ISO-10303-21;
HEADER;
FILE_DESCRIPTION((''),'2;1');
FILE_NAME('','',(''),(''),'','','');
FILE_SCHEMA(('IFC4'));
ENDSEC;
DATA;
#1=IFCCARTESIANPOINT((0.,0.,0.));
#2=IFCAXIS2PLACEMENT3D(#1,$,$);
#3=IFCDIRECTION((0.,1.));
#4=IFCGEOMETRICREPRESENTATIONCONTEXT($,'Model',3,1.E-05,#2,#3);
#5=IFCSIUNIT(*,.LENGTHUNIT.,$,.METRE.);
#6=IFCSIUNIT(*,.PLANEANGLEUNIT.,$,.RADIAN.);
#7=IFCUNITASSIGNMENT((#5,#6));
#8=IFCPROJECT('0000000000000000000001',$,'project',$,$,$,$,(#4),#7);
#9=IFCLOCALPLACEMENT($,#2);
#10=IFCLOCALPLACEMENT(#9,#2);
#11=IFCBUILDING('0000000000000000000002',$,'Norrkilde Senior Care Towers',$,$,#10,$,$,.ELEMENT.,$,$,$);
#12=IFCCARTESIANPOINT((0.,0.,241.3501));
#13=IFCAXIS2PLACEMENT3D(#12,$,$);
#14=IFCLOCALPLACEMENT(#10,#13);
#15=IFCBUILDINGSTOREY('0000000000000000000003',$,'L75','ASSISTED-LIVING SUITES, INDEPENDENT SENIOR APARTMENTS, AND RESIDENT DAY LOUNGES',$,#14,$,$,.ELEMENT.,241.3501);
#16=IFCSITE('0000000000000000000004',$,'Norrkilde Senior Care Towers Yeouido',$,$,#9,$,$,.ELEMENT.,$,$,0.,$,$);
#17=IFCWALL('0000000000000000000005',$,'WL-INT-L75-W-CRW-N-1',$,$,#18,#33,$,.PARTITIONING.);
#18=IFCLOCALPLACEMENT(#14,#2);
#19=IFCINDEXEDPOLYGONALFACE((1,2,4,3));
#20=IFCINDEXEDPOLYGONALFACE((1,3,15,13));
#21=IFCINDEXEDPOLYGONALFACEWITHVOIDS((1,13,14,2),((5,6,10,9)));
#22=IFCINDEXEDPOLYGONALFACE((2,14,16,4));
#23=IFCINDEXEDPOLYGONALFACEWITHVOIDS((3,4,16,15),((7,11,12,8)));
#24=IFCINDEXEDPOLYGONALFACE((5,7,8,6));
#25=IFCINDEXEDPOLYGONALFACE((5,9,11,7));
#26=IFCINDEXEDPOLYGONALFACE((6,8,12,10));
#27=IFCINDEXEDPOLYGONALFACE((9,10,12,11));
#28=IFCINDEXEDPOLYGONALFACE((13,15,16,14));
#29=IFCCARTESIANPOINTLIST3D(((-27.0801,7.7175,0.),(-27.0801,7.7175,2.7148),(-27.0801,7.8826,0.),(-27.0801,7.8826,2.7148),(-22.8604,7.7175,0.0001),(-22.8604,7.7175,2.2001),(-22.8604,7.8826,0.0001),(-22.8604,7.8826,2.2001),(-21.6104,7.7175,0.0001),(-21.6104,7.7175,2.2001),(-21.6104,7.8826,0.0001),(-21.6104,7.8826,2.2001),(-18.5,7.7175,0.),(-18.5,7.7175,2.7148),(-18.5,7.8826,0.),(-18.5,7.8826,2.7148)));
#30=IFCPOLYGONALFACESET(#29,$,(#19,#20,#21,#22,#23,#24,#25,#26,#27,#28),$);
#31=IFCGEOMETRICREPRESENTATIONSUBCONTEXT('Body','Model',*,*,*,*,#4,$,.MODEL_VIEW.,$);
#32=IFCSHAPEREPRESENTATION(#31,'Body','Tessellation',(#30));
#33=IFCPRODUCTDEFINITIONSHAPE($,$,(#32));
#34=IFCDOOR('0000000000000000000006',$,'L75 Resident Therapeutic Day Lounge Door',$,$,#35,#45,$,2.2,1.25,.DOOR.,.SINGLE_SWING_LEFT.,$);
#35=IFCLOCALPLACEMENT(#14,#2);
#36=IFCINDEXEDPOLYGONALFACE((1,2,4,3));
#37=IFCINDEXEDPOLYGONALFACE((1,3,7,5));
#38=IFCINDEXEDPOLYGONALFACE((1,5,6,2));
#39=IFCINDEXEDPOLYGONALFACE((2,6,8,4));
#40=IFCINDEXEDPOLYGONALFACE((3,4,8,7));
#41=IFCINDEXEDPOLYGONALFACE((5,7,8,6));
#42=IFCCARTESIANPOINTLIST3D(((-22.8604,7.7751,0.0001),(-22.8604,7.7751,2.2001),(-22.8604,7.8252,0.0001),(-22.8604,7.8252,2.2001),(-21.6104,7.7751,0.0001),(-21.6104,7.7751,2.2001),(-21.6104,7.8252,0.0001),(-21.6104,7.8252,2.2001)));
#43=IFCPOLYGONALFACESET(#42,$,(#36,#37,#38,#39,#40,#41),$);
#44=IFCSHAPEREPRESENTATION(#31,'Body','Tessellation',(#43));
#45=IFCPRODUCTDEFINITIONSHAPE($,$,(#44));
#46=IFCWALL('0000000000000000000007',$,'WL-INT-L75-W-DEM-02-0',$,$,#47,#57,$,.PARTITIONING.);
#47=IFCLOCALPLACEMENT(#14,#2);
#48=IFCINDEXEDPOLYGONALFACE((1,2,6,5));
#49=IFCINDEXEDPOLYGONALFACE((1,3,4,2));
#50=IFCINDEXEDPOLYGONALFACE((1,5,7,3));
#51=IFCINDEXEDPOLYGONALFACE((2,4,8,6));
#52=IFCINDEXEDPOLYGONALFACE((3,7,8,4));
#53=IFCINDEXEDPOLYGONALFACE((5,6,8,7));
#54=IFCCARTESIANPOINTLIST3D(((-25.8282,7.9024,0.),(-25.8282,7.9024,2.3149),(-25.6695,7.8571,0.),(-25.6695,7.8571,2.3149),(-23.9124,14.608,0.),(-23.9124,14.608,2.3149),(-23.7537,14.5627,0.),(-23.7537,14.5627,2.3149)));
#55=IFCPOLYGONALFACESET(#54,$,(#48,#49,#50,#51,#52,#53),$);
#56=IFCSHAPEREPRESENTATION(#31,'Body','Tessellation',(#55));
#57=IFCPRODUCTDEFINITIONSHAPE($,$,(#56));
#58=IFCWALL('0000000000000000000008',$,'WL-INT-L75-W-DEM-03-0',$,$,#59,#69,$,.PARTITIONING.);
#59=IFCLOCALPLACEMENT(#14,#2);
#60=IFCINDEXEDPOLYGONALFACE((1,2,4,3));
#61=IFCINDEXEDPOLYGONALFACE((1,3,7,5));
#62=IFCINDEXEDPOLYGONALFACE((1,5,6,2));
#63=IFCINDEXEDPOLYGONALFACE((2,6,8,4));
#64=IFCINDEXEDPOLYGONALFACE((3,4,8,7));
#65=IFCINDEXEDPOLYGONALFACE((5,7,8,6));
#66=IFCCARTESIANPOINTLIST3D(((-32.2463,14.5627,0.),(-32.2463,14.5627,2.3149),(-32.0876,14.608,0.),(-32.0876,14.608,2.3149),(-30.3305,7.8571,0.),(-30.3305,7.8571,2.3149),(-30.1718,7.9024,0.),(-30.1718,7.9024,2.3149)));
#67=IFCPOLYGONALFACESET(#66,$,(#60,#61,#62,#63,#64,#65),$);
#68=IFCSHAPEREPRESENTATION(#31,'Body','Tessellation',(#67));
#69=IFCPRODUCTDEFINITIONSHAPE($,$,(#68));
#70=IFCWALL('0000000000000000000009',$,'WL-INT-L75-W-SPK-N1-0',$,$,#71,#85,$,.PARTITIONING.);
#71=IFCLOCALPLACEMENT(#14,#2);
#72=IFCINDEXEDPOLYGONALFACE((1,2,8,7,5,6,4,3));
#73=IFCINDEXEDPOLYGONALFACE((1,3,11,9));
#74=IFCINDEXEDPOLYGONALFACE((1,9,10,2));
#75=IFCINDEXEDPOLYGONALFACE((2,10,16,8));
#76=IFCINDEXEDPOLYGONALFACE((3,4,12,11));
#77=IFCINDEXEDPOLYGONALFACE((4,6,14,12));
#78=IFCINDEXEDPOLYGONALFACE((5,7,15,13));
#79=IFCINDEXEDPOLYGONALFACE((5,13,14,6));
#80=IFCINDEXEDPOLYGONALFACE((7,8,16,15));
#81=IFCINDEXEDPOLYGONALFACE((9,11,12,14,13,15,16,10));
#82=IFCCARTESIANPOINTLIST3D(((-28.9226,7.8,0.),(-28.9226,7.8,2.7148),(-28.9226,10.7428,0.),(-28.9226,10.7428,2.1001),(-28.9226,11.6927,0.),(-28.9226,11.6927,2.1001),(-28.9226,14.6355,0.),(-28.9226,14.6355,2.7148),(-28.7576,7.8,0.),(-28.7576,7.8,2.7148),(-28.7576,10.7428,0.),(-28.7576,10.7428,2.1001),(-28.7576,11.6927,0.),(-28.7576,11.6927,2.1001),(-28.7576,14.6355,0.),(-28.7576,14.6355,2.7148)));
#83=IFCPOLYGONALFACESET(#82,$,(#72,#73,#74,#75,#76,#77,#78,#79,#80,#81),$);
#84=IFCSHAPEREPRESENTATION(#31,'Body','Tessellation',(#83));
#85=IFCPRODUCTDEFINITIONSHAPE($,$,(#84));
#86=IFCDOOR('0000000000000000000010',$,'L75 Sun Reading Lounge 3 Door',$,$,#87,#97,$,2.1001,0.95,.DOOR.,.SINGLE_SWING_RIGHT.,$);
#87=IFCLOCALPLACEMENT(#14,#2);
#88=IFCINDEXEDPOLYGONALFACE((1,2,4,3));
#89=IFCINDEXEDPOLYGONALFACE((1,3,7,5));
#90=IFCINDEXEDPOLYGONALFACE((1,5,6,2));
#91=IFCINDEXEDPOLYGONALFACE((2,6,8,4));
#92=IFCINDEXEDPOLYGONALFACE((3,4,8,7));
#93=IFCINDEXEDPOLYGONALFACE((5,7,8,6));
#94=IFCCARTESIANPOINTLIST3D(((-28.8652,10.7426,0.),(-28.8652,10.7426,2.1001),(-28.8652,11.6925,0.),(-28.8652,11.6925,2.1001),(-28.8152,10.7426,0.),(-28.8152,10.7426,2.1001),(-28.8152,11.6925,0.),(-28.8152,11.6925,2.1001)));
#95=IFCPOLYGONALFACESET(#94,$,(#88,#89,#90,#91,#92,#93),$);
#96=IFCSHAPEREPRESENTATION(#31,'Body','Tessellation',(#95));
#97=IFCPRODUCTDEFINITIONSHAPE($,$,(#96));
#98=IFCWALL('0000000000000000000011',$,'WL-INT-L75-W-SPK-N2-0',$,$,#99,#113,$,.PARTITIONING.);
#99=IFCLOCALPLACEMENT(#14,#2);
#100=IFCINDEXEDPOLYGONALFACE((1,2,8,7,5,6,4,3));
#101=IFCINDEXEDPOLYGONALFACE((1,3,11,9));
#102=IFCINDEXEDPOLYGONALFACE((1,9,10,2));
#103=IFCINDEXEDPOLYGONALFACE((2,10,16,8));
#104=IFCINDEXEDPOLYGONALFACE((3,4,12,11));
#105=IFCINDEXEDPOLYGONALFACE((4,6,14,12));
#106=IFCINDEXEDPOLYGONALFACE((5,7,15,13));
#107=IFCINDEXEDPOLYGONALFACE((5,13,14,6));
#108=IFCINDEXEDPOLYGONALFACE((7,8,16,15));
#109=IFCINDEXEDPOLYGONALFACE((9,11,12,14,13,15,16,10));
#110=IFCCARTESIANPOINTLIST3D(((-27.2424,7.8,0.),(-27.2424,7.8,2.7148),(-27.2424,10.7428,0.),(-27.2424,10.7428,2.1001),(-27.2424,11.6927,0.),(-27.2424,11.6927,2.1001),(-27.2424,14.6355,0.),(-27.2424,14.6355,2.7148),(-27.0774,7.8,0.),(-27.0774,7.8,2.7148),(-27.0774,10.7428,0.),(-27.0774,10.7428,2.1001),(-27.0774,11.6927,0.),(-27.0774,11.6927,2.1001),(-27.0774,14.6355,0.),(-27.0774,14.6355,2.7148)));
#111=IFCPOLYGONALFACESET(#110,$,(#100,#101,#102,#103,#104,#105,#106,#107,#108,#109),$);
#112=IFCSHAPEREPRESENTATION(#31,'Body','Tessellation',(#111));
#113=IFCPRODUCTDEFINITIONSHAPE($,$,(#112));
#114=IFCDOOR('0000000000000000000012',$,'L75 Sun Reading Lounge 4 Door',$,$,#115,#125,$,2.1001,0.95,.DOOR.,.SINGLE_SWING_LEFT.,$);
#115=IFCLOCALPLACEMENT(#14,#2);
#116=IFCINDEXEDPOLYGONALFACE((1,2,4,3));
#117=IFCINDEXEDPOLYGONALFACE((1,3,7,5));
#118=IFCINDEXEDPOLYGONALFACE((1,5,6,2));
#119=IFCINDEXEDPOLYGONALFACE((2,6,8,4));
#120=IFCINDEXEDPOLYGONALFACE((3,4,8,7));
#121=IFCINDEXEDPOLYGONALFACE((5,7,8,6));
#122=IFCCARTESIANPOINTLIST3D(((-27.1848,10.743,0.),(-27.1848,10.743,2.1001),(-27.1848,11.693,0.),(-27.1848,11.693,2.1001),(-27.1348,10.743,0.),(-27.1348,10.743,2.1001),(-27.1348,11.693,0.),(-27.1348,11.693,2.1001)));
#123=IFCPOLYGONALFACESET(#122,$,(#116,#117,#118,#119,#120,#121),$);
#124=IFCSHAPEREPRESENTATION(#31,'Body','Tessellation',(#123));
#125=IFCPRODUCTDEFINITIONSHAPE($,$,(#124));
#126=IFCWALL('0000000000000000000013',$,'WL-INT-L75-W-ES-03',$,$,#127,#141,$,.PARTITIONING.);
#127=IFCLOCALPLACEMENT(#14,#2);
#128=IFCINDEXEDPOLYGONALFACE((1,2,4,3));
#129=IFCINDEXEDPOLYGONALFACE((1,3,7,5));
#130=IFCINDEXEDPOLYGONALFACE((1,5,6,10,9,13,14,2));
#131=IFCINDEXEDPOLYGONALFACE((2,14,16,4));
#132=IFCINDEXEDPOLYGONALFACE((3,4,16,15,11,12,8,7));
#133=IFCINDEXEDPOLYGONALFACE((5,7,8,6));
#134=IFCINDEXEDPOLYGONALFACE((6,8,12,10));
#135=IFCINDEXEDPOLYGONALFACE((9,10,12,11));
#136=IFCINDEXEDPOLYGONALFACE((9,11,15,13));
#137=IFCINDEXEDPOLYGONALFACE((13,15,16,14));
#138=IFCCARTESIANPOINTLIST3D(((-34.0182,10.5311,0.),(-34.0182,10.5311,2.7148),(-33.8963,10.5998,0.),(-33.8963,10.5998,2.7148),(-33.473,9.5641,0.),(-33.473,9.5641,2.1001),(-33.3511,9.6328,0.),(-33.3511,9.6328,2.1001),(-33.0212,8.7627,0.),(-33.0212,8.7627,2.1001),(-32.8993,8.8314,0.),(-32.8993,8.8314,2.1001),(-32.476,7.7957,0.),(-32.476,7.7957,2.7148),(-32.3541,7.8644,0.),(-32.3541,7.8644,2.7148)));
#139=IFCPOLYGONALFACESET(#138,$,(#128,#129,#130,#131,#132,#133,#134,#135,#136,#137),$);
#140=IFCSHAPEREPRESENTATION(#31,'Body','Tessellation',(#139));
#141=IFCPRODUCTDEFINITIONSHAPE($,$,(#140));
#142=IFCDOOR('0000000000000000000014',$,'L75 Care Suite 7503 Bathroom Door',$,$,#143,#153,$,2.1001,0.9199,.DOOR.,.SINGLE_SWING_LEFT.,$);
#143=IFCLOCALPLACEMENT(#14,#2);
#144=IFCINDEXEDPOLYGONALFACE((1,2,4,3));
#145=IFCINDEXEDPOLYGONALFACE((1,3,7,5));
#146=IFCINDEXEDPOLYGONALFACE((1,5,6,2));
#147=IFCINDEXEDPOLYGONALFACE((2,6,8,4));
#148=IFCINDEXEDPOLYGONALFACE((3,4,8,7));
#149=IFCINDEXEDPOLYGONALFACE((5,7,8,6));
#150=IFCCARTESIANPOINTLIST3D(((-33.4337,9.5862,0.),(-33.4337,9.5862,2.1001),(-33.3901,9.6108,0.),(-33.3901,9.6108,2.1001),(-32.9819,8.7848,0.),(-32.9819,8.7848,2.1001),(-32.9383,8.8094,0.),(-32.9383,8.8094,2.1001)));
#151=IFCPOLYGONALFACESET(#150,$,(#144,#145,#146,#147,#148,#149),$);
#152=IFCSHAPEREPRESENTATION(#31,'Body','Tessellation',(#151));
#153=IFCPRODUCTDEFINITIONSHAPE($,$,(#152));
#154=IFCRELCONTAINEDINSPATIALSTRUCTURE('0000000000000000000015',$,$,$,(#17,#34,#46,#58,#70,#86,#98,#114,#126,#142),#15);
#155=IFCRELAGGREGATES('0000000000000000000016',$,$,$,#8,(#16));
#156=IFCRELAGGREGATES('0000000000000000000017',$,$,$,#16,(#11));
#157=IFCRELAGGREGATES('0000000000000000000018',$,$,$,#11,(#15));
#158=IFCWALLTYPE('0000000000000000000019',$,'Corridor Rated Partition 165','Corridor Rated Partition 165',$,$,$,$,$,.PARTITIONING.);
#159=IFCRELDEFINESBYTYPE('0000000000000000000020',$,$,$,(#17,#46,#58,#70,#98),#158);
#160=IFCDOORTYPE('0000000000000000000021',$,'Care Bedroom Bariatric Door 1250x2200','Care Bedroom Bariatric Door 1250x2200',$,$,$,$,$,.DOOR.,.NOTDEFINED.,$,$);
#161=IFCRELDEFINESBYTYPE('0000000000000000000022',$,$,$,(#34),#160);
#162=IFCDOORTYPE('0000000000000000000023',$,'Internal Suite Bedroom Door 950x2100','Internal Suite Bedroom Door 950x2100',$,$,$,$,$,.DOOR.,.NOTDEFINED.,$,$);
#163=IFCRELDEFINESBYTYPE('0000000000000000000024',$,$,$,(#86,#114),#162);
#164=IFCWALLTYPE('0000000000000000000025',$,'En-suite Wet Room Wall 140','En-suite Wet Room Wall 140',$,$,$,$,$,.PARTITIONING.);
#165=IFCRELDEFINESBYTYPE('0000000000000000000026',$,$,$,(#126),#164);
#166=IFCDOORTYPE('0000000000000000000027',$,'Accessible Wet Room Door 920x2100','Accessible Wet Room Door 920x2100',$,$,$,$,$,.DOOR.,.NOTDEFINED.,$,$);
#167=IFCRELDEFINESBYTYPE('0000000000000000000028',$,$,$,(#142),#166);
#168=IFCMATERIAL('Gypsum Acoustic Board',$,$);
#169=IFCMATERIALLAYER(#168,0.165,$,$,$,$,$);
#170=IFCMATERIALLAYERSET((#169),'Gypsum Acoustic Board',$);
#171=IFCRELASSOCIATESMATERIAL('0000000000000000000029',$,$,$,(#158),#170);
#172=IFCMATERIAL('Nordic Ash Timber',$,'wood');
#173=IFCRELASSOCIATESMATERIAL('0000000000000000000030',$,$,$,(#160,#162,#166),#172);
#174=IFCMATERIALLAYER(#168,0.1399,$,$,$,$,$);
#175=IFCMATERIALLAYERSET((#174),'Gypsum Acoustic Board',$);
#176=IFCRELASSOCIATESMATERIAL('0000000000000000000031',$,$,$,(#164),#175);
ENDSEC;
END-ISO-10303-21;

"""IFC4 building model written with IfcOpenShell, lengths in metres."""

from ifc_helpers import new_model, si_unit, direction, frame, frame_2d, origin, place, context, subcontext, project, spatial, rectangle, extrude, source, transform, mapped, material, layer, layer_set, type_object, type_shapes, element, fill, save


model = new_model("IFC4")

# Units and contexts
model_context = context("Model", 3, precision=1e-05, world=origin(), true_north=direction((0.0, 1.0)))
body_context = subcontext(model_context, "Body", "Model", "MODEL_VIEW")
ifc_project = project(units=[si_unit("LENGTHUNIT", "METRE"), si_unit("PLANEANGLEUNIT", "RADIAN")], contexts=[model_context])

# Site, building, storey
site_placement = place(None, origin())
site = spatial("IfcSite", under=ifc_project, at=site_placement, Name="Norrkilde Senior Care Towers Yeouido", CompositionType="ELEMENT", RefElevation=0.0)
building_placement = place(site_placement, origin())
building = spatial("IfcBuilding", under=site, at=building_placement, Name="Norrkilde Senior Care Towers", CompositionType="ELEMENT")
storey_placement = place(building_placement, frame((0.0, 0.0, 241.3501)))
storey = spatial("IfcBuildingStorey", under=building, at=storey_placement, Name="L75", Description="ASSISTED-LIVING SUITES, INDEPENDENT SENIOR APARTMENTS, AND RESIDENT DAY LOUNGES", CompositionType="ELEMENT", Elevation=241.3501)

# Wall, opening, door
ifc_material_1 = material(Name="Gypsum Acoustic Board")
ifc_layer_1 = layer(ifc_material_1, 0.165)
ifc_layer_set_1 = layer_set([ifc_layer_1], Name="Gypsum Acoustic Board")
wall_type_1 = type_object("IfcWallType", Name="Corridor Rated Partition 165", Description="Corridor Rated Partition 165", PredefinedType="PARTITIONING", material=ifc_layer_set_1)
shared_shape_1 = source(origin(), body_context, "Body", "SweptSolid", [
    extrude(rectangle(XDim=8.5801, YDim=0.165, at=frame_2d((4.29, 0.0))), origin(), (0.0, 0.0, 1.0), 2.7148),
])
wall_1_placement = place(storey_placement, frame((-27.0801, 7.8, 0.0), z_axis=(0.0, 0.0, 1.0), x_axis=(1.0, 0.0, 0.0)))
wall_1 = element("IfcWall", 1, at=wall_1_placement, inside=storey, type_object=wall_type_1, Name="WL-INT-L75-W-CRW-N-1", PredefinedType="PARTITIONING", context=body_context, shape_type="MappedRepresentation", body=[
    mapped(shared_shape_1, transform((0.0, 0.0, 0.0), x_axis=(1.0, 0.0, 0.0), y_axis=(0.0, 1.0, 0.0), z_axis=(0.0, 0.0, 1.0), scale=1.0)),
])
opening_1_placement = place(wall_1_placement, frame((4.2197, 0.0, 0.0)))
opening_1 = element("IfcOpeningElement", 2, at=opening_1_placement, cuts=wall_1, PredefinedType="OPENING", context=body_context, shape_type="SweptSolid", body=[
    extrude(rectangle(XDim=1.25, YDim=2.2, at=frame_2d((0.625, 1.1001))), frame((0.0, 0.0925, 0.0), z_axis=(0.0, -1.0, 0.0), x_axis=(1.0, 0.0, 0.0)), (0.0, 0.0, 1.0), 0.1851),
])
ifc_material_2 = material(Name="Nordic Ash Timber", Category="wood")
door_type_1 = type_object("IfcDoorType", Name="Care Bedroom Bariatric Door 1250x2200", Description="Care Bedroom Bariatric Door 1250x2200", OperationType="NOTDEFINED", PredefinedType="DOOR", material=ifc_material_2)
shared_shape_2 = source(origin(), body_context, "Body", "SweptSolid", [
    extrude(rectangle(XDim=1.25, YDim=2.2, at=frame_2d((0.625, 1.1001))), frame((0.0, 0.0249, 0.0), z_axis=(0.0, -1.0, 0.0), x_axis=(1.0, 0.0, 0.0)), (0.0, 0.0, 1.0), 0.05),
])
type_shapes(door_type_1, [shared_shape_2])
door_1_placement = place(opening_1_placement, frame((1.25, 0.0, 0.0), z_axis=(0.0, 0.0, 1.0), x_axis=(-1.0, 0.0, 0.0)))
door_1 = element("IfcDoor", 3, at=door_1_placement, inside=storey, type_object=door_type_1, Name="L75 Resident Therapeutic Day Lounge Door", OperationType="SINGLE_SWING_LEFT", OverallHeight=2.2, OverallWidth=1.25, PredefinedType="DOOR", context=body_context, shape_type="MappedRepresentation", body=[
    mapped(shared_shape_2, transform((0.0, 0.0, 0.0), x_axis=(1.0, 0.0, 0.0), y_axis=(0.0, 1.0, 0.0), z_axis=(0.0, 0.0, 1.0), scale=1.0)),
])
fill(opening_1, door_1)

# Walls
shared_shape_3 = source(origin(), body_context, "Body", "SweptSolid", [
    extrude(rectangle(XDim=6.9739, YDim=0.165, at=frame_2d((3.4868, 0.0))), origin(), (0.0, 0.0, 1.0), 2.3149),
])
for number, where, z_axis, x_axis, name in (
    (4, (-25.7488, 7.8799, 0.0), (0.0, 0.0, 1.0), (0.274707, 0.961528, 0.0), "WL-INT-L75-W-DEM-02-0"),
    (5, (-30.2512, 7.8799, 0.0), (0.0, 0.0, 1.0), (-0.274707, 0.961528, 0.0), "WL-INT-L75-W-DEM-03-0"),
):
    element("IfcWall", number, at=place(storey_placement, frame(where, z_axis=z_axis, x_axis=x_axis)), inside=storey, type_object=wall_type_1, Name=name, PredefinedType="PARTITIONING", context=body_context, shape_type="MappedRepresentation", body=[
        mapped(shared_shape_3, transform((0.0, 0.0, 0.0), x_axis=(1.0, 0.0, 0.0), y_axis=(0.0, 1.0, 0.0), z_axis=(0.0, 0.0, 1.0), scale=1.0)),
    ])

# Walls, openings, doors
shared_shape_4 = source(origin(), body_context, "Body", "SweptSolid", [
    extrude(rectangle(XDim=6.8354, YDim=0.165, at=frame_2d((3.4177, 0.0))), origin(), (0.0, 0.0, 1.0), 2.7148),
])
type_shapes(wall_type_1, [shared_shape_1, shared_shape_3, shared_shape_4])
wall_2_placement = place(storey_placement, frame((-28.8401, 7.8, 0.0), z_axis=(0.0, 0.0, 1.0), x_axis=(0.0, 1.0, 0.0)))
wall_2 = element("IfcWall", 6, at=wall_2_placement, inside=storey, type_object=wall_type_1, Name="WL-INT-L75-W-SPK-N1-0", PredefinedType="PARTITIONING", context=body_context, shape_type="MappedRepresentation", body=[
    mapped(shared_shape_4, transform((0.0, 0.0, 0.0), x_axis=(1.0, 0.0, 0.0), y_axis=(0.0, 1.0, 0.0), z_axis=(0.0, 0.0, 1.0), scale=1.0)),
])
opening_2_placement = place(wall_2_placement, frame((2.9426, 0.0, 0.0)))
opening_2 = element("IfcOpeningElement", 7, at=opening_2_placement, cuts=wall_2, PredefinedType="OPENING", context=body_context, shape_type="SweptSolid", body=[
    extrude(rectangle(XDim=0.95, YDim=2.1001, at=frame_2d((0.4751, 1.05))), frame((0.0, 0.0925, 0.0), z_axis=(0.0, -1.0, 0.0), x_axis=(1.0, 0.0, 0.0)), (0.0, 0.0, 1.0), 0.1851),
])
door_type_2 = type_object("IfcDoorType", Name="Internal Suite Bedroom Door 950x2100", Description="Internal Suite Bedroom Door 950x2100", OperationType="NOTDEFINED", PredefinedType="DOOR", material=ifc_material_2)
shared_shape_5 = source(origin(), body_context, "Body", "SweptSolid", [
    extrude(rectangle(XDim=0.95, YDim=2.1001, at=frame_2d((0.4751, 1.05))), frame((0.0, 0.0249, 0.0), z_axis=(0.0, -1.0, 0.0), x_axis=(1.0, 0.0, 0.0)), (0.0, 0.0, 1.0), 0.05),
])
type_shapes(door_type_2, [shared_shape_5])
door_2_placement = place(opening_2_placement, frame((0.95, 0.0, 0.0), z_axis=(0.0, 0.0, 1.0), x_axis=(-1.0, 0.0, 0.0)))
door_2 = element("IfcDoor", 8, at=door_2_placement, inside=storey, type_object=door_type_2, Name="L75 Sun Reading Lounge 3 Door", OperationType="SINGLE_SWING_RIGHT", OverallHeight=2.1001, OverallWidth=0.95, PredefinedType="DOOR", context=body_context, shape_type="MappedRepresentation", body=[
    mapped(shared_shape_5, transform((0.0, 0.0, 0.0), x_axis=(1.0, 0.0, 0.0), y_axis=(0.0, 1.0, 0.0), z_axis=(0.0, 0.0, 1.0), scale=1.0)),
])
fill(opening_2, door_2)
wall_3_placement = place(storey_placement, frame((-27.1599, 14.6355, 0.0), z_axis=(0.0, 0.0, 1.0), x_axis=(0.0, -1.0, 0.0)))
wall_3 = element("IfcWall", 9, at=wall_3_placement, inside=storey, type_object=wall_type_1, Name="WL-INT-L75-W-SPK-N2-0", PredefinedType="PARTITIONING", context=body_context, shape_type="MappedRepresentation", body=[
    mapped(shared_shape_4, transform((0.0, 0.0, 0.0), x_axis=(1.0, 0.0, 0.0), y_axis=(0.0, 1.0, 0.0), z_axis=(0.0, 0.0, 1.0), scale=1.0)),
])
opening_3_placement = place(wall_3_placement, frame((2.9426, 0.0, 0.0)))
opening_3 = element("IfcOpeningElement", 10, at=opening_3_placement, cuts=wall_3, PredefinedType="OPENING", context=body_context, shape_type="SweptSolid", body=[
    extrude(rectangle(XDim=0.95, YDim=2.1001, at=frame_2d((0.4751, 1.05))), frame((0.0, 0.0925, 0.0), z_axis=(0.0, -1.0, 0.0), x_axis=(1.0, 0.0, 0.0)), (0.0, 0.0, 1.0), 0.1851),
])
door_3_placement = place(opening_3_placement, frame((0.95, 0.0, 0.0), z_axis=(0.0, 0.0, 1.0), x_axis=(-1.0, 0.0, 0.0)))
door_3 = element("IfcDoor", 11, at=door_3_placement, inside=storey, type_object=door_type_2, Name="L75 Sun Reading Lounge 4 Door", OperationType="SINGLE_SWING_LEFT", OverallHeight=2.1001, OverallWidth=0.95, PredefinedType="DOOR", context=body_context, shape_type="MappedRepresentation", body=[
    mapped(shared_shape_5, transform((0.0, 0.0, 0.0), x_axis=(1.0, 0.0, 0.0), y_axis=(0.0, 1.0, 0.0), z_axis=(0.0, 0.0, 1.0), scale=1.0)),
])
fill(opening_3, door_3)
ifc_layer_2 = layer(ifc_material_1, 0.1399)
ifc_layer_set_2 = layer_set([ifc_layer_2], Name="Gypsum Acoustic Board")
wall_type_2 = type_object("IfcWallType", Name="En-suite Wet Room Wall 140", Description="En-suite Wet Room Wall 140", PredefinedType="PARTITIONING", material=ifc_layer_set_2)
shared_shape_6 = source(origin(), body_context, "Body", "SweptSolid", [
    extrude(rectangle(XDim=3.1401, YDim=0.1399, at=frame_2d((1.5701, 0.0))), origin(), (0.0, 0.0, 1.0), 2.7148),
])
wall_4_placement = place(storey_placement, frame((-32.415, 7.8301, 0.0), z_axis=(0.0, 0.0, 1.0), x_axis=(-0.491132, 0.871085, 0.0)))
wall_4 = element("IfcWall", 12, at=wall_4_placement, inside=storey, type_object=wall_type_2, Name="WL-INT-L75-W-ES-03", PredefinedType="PARTITIONING", context=body_context, shape_type="MappedRepresentation", body=[
    mapped(shared_shape_6, transform((0.0, 0.0, 0.0), x_axis=(1.0, 0.0, 0.0), y_axis=(0.0, 1.0, 0.0), z_axis=(0.0, 0.0, 1.0), scale=1.0)),
])
opening_4_placement = place(wall_4_placement, frame((1.1101, 0.0, 0.0)))
opening_4 = element("IfcOpeningElement", 13, at=opening_4_placement, cuts=wall_4, PredefinedType="OPENING", context=body_context, shape_type="SweptSolid", body=[
    extrude(rectangle(XDim=0.9199, YDim=2.1001, at=frame_2d((0.46, 1.05))), frame((0.0, 0.0798, 0.0), z_axis=(0.0, -1.0, 0.0), x_axis=(1.0, 0.0, 0.0)), (0.0, 0.0, 1.0), 0.1599),
])
door_type_3 = type_object("IfcDoorType", Name="Accessible Wet Room Door 920x2100", Description="Accessible Wet Room Door 920x2100", OperationType="NOTDEFINED", PredefinedType="DOOR", material=ifc_material_2)
shared_shape_7 = source(origin(), body_context, "Body", "SweptSolid", [
    extrude(rectangle(XDim=0.9199, YDim=2.1001, at=frame_2d((0.46, 1.05))), frame((0.0, 0.0249, 0.0), z_axis=(0.0, -1.0, 0.0), x_axis=(1.0, 0.0, 0.0)), (0.0, 0.0, 1.0), 0.05),
])
type_shapes(door_type_3, [shared_shape_7])
door_4_placement = place(opening_4_placement, origin())
door_4 = element("IfcDoor", 14, at=door_4_placement, inside=storey, type_object=door_type_3, Name="L75 Care Suite 7503 Bathroom Door", OperationType="SINGLE_SWING_LEFT", OverallHeight=2.1001, OverallWidth=0.9199, PredefinedType="DOOR", context=body_context, shape_type="MappedRepresentation", body=[
    mapped(shared_shape_7, transform((0.0, 0.0, 0.0), x_axis=(1.0, 0.0, 0.0), y_axis=(0.0, 1.0, 0.0), z_axis=(0.0, 0.0, 1.0), scale=1.0)),
])
fill(opening_4, door_4)

save(model, "model.ifc")
